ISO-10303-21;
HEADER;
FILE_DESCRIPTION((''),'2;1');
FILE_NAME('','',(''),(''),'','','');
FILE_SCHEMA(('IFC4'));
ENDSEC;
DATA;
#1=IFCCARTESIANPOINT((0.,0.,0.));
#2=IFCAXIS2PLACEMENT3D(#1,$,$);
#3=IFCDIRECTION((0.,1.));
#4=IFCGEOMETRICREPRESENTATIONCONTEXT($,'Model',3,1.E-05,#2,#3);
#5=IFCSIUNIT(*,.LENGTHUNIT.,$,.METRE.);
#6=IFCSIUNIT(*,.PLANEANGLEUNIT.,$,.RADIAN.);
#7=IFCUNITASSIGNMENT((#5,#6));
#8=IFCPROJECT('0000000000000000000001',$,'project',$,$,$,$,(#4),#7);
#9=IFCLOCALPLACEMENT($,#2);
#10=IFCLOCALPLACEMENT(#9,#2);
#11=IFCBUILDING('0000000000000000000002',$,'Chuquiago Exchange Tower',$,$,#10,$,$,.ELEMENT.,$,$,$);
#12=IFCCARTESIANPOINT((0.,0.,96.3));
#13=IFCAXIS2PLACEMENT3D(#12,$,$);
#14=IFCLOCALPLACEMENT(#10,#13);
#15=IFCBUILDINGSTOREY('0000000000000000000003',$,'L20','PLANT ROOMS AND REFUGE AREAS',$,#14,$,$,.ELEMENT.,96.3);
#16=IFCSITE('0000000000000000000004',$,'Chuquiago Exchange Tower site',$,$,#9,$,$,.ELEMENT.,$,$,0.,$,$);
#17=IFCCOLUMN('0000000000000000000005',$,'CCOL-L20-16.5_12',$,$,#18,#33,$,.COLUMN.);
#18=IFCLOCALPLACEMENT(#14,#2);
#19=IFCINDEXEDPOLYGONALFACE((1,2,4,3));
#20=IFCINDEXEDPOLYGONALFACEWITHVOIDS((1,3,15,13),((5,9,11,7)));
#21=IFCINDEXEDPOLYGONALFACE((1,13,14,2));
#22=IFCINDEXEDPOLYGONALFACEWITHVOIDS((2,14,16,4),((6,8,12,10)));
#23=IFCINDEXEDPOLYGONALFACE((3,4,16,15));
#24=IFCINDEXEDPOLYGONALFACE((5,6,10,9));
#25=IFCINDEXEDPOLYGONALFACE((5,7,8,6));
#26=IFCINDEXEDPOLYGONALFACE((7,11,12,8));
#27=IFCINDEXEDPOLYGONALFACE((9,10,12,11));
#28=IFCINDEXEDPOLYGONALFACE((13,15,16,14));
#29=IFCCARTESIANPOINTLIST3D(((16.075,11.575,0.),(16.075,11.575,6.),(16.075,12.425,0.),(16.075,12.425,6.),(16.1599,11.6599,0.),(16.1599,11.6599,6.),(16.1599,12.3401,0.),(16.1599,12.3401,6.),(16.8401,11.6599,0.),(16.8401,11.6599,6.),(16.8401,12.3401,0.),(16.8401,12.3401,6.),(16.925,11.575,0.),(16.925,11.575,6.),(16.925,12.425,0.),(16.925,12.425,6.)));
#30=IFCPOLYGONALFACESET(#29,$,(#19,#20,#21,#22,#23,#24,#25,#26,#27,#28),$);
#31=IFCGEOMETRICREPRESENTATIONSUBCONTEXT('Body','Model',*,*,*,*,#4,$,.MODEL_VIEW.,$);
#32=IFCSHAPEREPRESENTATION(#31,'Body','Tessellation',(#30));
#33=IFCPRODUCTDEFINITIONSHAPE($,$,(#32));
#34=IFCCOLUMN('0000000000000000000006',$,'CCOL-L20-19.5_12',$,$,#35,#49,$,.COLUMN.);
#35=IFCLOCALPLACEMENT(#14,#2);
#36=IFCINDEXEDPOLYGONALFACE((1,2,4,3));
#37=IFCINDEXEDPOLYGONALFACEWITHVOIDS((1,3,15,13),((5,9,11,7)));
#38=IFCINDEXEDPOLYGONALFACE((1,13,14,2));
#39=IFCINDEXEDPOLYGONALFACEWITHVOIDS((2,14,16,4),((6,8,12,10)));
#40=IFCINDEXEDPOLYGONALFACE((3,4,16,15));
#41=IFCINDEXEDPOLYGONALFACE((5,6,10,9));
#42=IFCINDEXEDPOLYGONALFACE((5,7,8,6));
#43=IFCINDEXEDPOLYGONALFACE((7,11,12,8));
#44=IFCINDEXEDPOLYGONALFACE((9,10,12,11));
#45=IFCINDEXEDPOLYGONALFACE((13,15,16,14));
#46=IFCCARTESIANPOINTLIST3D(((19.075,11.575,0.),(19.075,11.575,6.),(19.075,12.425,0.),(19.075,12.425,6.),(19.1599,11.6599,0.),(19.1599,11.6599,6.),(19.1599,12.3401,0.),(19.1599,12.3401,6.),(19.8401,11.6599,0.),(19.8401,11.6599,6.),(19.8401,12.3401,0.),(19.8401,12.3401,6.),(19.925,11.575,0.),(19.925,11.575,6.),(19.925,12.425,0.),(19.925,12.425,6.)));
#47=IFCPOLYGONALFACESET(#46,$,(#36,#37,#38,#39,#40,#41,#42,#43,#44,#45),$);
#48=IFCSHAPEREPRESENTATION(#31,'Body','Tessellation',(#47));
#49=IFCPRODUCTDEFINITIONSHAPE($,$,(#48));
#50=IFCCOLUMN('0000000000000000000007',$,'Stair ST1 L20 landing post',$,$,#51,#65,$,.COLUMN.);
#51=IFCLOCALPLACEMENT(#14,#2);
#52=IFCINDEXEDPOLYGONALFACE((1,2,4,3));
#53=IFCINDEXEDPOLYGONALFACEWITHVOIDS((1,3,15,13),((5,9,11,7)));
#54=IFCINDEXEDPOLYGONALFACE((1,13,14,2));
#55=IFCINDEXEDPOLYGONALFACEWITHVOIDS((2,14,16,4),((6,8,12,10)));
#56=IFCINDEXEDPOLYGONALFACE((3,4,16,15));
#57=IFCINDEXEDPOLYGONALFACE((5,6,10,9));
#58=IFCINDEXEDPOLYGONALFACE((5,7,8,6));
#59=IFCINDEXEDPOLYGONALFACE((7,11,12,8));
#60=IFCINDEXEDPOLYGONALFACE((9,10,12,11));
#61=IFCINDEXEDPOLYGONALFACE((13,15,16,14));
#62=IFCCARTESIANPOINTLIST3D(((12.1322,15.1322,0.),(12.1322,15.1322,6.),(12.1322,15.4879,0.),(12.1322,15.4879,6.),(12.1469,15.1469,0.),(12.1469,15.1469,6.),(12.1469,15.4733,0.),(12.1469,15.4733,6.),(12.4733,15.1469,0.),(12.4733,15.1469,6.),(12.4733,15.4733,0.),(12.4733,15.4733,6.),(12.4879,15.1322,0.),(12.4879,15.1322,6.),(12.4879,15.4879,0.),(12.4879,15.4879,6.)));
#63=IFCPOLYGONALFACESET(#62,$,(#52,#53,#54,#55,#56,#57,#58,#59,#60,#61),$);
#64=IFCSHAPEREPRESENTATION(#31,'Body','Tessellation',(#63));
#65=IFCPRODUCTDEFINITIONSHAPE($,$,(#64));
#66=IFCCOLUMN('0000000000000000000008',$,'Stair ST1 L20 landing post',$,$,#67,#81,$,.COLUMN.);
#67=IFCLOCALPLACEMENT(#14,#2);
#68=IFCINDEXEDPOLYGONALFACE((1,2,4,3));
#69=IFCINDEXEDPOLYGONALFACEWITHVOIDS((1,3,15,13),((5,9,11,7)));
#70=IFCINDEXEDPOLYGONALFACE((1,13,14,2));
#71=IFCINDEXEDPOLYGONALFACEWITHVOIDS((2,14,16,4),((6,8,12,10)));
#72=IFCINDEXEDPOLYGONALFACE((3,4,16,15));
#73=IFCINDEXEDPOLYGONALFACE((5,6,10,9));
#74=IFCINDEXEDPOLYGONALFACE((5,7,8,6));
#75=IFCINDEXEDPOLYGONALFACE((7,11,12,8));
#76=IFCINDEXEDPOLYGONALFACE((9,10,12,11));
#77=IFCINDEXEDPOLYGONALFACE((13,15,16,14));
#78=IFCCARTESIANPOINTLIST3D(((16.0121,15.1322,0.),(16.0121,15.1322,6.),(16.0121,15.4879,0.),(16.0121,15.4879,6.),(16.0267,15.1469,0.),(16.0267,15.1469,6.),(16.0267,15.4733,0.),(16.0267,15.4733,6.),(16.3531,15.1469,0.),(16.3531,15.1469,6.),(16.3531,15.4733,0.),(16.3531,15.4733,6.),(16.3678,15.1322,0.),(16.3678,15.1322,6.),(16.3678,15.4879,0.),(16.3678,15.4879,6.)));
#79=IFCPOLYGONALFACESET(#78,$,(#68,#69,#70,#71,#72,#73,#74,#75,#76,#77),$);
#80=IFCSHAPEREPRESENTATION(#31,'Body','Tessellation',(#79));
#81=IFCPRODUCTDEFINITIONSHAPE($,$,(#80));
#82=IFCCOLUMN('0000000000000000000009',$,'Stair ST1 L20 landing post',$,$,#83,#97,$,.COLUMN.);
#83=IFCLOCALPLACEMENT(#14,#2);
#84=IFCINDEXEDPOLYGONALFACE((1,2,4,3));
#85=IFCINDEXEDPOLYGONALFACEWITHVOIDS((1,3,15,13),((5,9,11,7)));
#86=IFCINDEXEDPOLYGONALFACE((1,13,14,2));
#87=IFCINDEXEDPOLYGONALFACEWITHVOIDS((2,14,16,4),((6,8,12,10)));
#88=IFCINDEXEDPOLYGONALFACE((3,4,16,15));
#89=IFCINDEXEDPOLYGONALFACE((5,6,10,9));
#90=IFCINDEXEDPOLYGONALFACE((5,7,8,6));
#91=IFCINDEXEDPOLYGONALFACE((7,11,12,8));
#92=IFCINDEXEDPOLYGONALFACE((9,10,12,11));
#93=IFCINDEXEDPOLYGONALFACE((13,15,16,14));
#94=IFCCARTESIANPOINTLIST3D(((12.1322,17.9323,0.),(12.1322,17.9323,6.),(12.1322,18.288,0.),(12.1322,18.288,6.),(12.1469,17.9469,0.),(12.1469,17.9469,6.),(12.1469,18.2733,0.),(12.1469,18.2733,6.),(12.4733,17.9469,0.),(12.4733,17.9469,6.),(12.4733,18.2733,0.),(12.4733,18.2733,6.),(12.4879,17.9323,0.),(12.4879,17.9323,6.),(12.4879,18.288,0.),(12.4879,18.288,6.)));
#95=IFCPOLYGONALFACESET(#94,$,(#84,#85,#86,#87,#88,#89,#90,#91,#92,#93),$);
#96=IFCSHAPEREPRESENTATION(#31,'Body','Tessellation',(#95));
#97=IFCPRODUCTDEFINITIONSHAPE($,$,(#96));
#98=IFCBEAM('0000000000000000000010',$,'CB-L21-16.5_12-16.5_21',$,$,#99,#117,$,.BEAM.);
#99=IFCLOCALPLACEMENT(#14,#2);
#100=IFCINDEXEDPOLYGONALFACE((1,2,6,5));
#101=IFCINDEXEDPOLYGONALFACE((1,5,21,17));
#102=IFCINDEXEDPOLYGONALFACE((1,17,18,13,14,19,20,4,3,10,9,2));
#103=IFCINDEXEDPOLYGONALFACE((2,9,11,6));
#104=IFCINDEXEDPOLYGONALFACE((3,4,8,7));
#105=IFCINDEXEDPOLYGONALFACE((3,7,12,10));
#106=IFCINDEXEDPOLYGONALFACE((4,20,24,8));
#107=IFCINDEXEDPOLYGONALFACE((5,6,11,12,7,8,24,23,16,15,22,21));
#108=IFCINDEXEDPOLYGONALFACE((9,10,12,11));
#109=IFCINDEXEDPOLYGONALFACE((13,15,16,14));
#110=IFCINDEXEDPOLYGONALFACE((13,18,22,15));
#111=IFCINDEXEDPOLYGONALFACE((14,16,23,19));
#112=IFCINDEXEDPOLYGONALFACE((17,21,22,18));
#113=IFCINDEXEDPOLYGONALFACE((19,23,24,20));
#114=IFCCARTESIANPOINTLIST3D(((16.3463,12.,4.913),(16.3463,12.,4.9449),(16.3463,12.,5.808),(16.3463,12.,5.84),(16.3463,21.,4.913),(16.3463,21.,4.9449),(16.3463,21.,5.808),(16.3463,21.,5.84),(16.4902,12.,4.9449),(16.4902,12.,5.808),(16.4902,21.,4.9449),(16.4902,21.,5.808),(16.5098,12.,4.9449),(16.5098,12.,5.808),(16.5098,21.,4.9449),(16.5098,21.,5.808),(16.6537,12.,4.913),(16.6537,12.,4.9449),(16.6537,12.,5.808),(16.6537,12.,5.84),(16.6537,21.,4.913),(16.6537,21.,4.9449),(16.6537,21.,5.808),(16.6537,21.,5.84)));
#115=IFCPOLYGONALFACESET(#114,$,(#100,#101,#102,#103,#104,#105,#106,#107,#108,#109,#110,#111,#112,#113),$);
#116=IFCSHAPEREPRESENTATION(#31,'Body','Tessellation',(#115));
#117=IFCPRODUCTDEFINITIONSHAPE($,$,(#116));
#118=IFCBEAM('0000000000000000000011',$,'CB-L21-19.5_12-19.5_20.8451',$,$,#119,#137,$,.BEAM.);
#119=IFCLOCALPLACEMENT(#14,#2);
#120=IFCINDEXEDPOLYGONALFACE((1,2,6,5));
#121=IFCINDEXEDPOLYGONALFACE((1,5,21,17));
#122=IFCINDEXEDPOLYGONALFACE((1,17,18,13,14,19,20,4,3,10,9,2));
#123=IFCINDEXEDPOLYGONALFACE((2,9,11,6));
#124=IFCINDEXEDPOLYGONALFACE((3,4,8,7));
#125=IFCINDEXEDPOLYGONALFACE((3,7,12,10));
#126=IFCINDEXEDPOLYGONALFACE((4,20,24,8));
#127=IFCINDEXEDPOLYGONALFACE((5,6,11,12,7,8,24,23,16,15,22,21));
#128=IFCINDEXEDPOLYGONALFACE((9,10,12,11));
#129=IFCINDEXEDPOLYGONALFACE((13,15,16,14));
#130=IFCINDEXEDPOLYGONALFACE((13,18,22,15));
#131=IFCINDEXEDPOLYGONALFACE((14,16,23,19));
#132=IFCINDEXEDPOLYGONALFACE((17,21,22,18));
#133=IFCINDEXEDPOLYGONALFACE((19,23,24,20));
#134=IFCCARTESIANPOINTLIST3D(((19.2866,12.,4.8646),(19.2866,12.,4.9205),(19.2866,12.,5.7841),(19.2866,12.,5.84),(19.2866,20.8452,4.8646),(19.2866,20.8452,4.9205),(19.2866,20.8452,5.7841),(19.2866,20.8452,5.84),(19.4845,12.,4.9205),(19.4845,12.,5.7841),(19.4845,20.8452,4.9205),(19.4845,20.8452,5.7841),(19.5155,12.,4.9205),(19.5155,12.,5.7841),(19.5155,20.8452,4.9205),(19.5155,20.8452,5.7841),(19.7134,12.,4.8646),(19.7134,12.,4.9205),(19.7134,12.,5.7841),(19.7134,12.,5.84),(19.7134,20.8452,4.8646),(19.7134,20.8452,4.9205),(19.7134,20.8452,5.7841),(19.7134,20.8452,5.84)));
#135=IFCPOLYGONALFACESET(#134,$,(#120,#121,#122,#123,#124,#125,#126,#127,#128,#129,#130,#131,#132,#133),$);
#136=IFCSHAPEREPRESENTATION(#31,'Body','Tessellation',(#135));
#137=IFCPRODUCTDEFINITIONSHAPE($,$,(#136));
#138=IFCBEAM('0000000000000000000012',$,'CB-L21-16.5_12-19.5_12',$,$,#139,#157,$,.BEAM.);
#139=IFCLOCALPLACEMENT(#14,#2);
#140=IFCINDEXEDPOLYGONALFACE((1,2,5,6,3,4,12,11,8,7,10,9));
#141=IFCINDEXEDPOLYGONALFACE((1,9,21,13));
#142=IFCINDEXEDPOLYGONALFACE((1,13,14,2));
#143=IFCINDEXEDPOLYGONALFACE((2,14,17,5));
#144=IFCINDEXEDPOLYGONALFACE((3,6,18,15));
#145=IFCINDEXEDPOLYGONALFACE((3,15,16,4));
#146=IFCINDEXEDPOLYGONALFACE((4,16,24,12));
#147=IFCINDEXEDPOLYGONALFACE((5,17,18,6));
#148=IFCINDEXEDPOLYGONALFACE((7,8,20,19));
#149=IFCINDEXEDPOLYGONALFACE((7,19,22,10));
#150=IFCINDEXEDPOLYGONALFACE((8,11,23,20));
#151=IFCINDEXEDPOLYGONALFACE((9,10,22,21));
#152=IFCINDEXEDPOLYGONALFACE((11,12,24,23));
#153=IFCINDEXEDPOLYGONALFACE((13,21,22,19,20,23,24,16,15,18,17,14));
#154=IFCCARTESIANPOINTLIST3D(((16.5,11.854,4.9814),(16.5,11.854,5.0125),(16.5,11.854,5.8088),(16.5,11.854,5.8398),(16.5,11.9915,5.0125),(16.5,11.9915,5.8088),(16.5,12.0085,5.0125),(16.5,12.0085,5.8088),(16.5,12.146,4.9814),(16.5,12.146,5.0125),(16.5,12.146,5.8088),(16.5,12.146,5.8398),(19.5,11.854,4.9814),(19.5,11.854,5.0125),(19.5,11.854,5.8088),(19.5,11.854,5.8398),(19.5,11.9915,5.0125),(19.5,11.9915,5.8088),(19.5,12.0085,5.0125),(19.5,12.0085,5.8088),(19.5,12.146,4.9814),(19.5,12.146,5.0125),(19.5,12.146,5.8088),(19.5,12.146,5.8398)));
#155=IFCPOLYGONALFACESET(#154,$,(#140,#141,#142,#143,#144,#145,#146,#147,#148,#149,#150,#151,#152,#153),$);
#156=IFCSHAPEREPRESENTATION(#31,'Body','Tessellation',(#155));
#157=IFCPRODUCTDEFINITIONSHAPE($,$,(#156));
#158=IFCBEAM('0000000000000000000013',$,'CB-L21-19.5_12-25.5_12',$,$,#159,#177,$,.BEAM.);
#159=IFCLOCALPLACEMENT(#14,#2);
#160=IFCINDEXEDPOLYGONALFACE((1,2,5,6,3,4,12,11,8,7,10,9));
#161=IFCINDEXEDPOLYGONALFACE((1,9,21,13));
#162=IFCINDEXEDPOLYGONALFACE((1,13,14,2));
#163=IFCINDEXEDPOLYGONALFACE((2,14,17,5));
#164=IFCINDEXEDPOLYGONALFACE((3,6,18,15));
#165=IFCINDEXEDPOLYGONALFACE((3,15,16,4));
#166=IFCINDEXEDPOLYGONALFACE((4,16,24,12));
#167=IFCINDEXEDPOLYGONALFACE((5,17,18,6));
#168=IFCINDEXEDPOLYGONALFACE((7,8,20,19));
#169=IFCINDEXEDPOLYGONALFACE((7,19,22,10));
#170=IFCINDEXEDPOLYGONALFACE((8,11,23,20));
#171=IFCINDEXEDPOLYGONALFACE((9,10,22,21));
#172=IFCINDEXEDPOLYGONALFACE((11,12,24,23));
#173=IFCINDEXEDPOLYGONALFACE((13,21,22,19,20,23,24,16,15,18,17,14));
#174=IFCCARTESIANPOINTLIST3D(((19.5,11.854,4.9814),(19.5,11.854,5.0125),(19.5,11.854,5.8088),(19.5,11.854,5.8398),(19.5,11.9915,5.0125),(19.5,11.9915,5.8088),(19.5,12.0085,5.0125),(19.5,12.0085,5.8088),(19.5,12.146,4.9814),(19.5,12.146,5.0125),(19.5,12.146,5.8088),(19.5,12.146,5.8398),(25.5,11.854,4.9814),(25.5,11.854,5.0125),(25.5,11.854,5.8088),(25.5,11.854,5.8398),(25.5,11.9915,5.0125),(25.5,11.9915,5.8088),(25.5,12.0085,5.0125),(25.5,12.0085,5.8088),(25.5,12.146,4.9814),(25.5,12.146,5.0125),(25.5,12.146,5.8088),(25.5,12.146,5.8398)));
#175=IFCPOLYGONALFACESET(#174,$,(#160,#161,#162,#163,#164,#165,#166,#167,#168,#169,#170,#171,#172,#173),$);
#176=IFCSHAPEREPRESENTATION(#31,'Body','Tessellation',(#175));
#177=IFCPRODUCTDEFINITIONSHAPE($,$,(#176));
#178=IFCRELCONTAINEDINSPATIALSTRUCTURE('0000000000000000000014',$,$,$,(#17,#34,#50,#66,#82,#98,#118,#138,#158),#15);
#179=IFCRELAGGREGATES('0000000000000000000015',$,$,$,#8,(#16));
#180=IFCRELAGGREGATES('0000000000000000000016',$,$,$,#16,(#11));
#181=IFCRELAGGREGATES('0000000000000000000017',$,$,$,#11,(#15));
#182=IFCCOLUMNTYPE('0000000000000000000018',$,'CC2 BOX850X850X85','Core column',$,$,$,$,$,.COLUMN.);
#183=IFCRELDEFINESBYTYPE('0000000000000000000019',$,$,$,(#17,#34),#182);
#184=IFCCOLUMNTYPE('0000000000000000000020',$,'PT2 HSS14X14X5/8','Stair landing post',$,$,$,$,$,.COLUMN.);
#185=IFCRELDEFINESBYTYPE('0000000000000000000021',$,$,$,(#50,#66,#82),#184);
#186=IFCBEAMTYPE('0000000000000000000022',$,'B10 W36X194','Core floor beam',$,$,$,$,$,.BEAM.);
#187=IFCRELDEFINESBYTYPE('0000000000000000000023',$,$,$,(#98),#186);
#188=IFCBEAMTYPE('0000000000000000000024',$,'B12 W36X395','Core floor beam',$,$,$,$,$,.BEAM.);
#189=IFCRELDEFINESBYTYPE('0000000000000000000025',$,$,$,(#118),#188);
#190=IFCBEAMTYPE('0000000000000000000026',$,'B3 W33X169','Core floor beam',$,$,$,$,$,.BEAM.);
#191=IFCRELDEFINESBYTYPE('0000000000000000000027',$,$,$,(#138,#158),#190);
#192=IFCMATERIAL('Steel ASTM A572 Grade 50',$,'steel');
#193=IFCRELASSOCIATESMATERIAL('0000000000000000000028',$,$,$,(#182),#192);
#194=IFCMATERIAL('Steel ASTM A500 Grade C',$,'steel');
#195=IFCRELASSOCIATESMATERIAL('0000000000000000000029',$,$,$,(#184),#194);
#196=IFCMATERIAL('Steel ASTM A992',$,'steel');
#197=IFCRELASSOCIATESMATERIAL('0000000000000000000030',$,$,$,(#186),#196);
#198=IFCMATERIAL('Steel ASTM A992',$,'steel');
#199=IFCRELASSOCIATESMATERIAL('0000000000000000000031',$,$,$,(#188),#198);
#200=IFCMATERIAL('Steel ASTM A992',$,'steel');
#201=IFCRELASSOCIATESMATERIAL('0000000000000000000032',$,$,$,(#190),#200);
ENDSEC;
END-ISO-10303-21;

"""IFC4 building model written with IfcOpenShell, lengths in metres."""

from ifc_helpers import new_model, si_unit, direction, frame, origin, origin_2d, place, context, subcontext, project, spatial, hollow_rectangle, i_section, extrude, material, material_profile, profile_set, type_object, element, save


model = new_model("IFC4")

# Units and contexts
model_context = context("Model", 3, precision=1e-05, world=origin(), true_north=direction((0.0, 1.0)))
body_context = subcontext(model_context, "Body", "Model", "MODEL_VIEW")
ifc_project = project(units=[si_unit("LENGTHUNIT", "METRE"), si_unit("PLANEANGLEUNIT", "RADIAN")], contexts=[model_context])

# Site, building, storey
site_placement = place(None, origin())
site = spatial("IfcSite", under=ifc_project, at=site_placement, Name="Chuquiago Exchange Tower site", CompositionType="ELEMENT", RefElevation=0.0)
building_placement = place(site_placement, origin())
building = spatial("IfcBuilding", under=site, at=building_placement, Name="Chuquiago Exchange Tower", CompositionType="ELEMENT")
storey_placement = place(building_placement, frame((0.0, 0.0, 96.3)))
storey = spatial("IfcBuildingStorey", under=building, at=storey_placement, Name="L20", Description="PLANT ROOMS AND REFUGE AREAS", CompositionType="ELEMENT", Elevation=96.3)

# Columns
ifc_material_1 = material(Name="Steel ASTM A572 Grade 50", Category="steel")
ifc_material_profile_1 = material_profile(ifc_material_1, hollow_rectangle(XDim=0.8501, YDim=0.8501, WallThickness=0.085, at=origin_2d()), Name="BOX850X850X85")
ifc_profile_set_1 = profile_set([ifc_material_profile_1], Name="Steel ASTM A572 Grade 50")
column_type_1 = type_object("IfcColumnType", Name="CC2 BOX850X850X85", Description="Core column", PredefinedType="COLUMN", material=ifc_profile_set_1)
for number, where, z_axis, x_axis, name in (
    (1, (16.5, 12.0, 0.0), (0.0, 0.0, 1.0), (1.0, 0.0, 0.0), "CCOL-L20-16.5_12"),
    (2, (19.5, 12.0, 0.0), (0.0, 0.0, 1.0), (1.0, 0.0, 0.0), "CCOL-L20-19.5_12"),
):
    element("IfcColumn", number, at=place(storey_placement, frame(where, z_axis=z_axis, x_axis=x_axis)), inside=storey, type_object=column_type_1, Name=name, PredefinedType="COLUMN", context=body_context, shape_type="SweptSolid", body=[
        extrude(hollow_rectangle(XDim=0.8501, YDim=0.8501, WallThickness=0.085, at=origin_2d()), origin(), (0.0, 0.0, 1.0), 6.0),
    ])
ifc_material_2 = material(Name="Steel ASTM A500 Grade C", Category="steel")
ifc_material_profile_2 = material_profile(ifc_material_2, hollow_rectangle(XDim=0.3557, YDim=0.3557, WallThickness=0.0146, at=origin_2d()), Name="HSS14X14X5/8")
ifc_profile_set_2 = profile_set([ifc_material_profile_2], Name="Steel ASTM A500 Grade C")
column_type_2 = type_object("IfcColumnType", Name="PT2 HSS14X14X5/8", Description="Stair landing post", PredefinedType="COLUMN", material=ifc_profile_set_2)
for number, where, z_axis, x_axis, name in (
    (3, (12.3101, 15.3101, 0.0), (0.0, 0.0, 1.0), (1.0, 0.0, 0.0), "Stair ST1 L20 landing post"),
    (4, (16.1899, 15.3101, 0.0), (0.0, 0.0, 1.0), (1.0, 0.0, 0.0), "Stair ST1 L20 landing post"),
    (5, (12.3101, 18.1101, 0.0), (0.0, 0.0, 1.0), (1.0, 0.0, 0.0), "Stair ST1 L20 landing post"),
):
    element("IfcColumn", number, at=place(storey_placement, frame(where, z_axis=z_axis, x_axis=x_axis)), inside=storey, type_object=column_type_2, Name=name, PredefinedType="COLUMN", context=body_context, shape_type="SweptSolid", body=[
        extrude(hollow_rectangle(XDim=0.3557, YDim=0.3557, WallThickness=0.0146, at=origin_2d()), origin(), (0.0, 0.0, 1.0), 6.0),
    ])

# Beams
ifc_material_3 = material(Name="Steel ASTM A992", Category="steel")
ifc_material_profile_3 = material_profile(ifc_material_3, i_section(OverallWidth=0.3074, OverallDepth=0.927, WebThickness=0.0195, FlangeThickness=0.032, at=origin_2d()), Name="W36X194")
ifc_profile_set_3 = profile_set([ifc_material_profile_3], Name="Steel ASTM A992")
beam_type_1 = type_object("IfcBeamType", Name="B10 W36X194", Description="Core floor beam", PredefinedType="BEAM", material=ifc_profile_set_3)
beam_1_placement = place(storey_placement, frame((16.5, 12.0, 5.3765), z_axis=(0.0, 1.0, 0.0), x_axis=(-1.0, 0.0, 0.0)))
element("IfcBeam", 6, at=beam_1_placement, inside=storey, type_object=beam_type_1, Name="CB-L21-16.5_12-16.5_21", PredefinedType="BEAM", context=body_context, shape_type="SweptSolid", body=[
    extrude(i_section(OverallWidth=0.3074, OverallDepth=0.927, WebThickness=0.0195, FlangeThickness=0.032, at=origin_2d()), origin(), (0.0, 0.0, 1.0), 9.0),
])
ifc_material_4 = material(Name="Steel ASTM A992", Category="steel")
ifc_material_profile_4 = material_profile(ifc_material_4, i_section(OverallWidth=0.4268, OverallDepth=0.9753, WebThickness=0.031, FlangeThickness=0.0559, at=origin_2d()), Name="W36X395")
ifc_profile_set_4 = profile_set([ifc_material_profile_4], Name="Steel ASTM A992")
beam_type_2 = type_object("IfcBeamType", Name="B12 W36X395", Description="Core floor beam", PredefinedType="BEAM", material=ifc_profile_set_4)
beam_2_placement = place(storey_placement, frame((19.5, 12.0, 5.3523), z_axis=(0.0, 1.0, 0.0), x_axis=(-1.0, 0.0, 0.0)))
element("IfcBeam", 7, at=beam_2_placement, inside=storey, type_object=beam_type_2, Name="CB-L21-19.5_12-19.5_20.8451", PredefinedType="BEAM", context=body_context, shape_type="SweptSolid", body=[
    extrude(i_section(OverallWidth=0.4268, OverallDepth=0.9753, WebThickness=0.031, FlangeThickness=0.0559, at=origin_2d()), origin(), (0.0, 0.0, 1.0), 8.8452),
])
ifc_material_5 = material(Name="Steel ASTM A992", Category="steel")
ifc_material_profile_5 = material_profile(ifc_material_5, i_section(OverallWidth=0.292, OverallDepth=0.8584, WebThickness=0.0171, FlangeThickness=0.031, at=origin_2d()), Name="W33X169")
ifc_profile_set_5 = profile_set([ifc_material_profile_5], Name="Steel ASTM A992")
beam_type_3 = type_object("IfcBeamType", Name="B3 W33X169", Description="Core floor beam", PredefinedType="BEAM", material=ifc_profile_set_5)
beam_3_placement = place(storey_placement, frame((16.5, 12.0, 5.4106), z_axis=(1.0, 0.0, 0.0), x_axis=(0.0, 1.0, 0.0)))
element("IfcBeam", 8, at=beam_3_placement, inside=storey, type_object=beam_type_3, Name="CB-L21-16.5_12-19.5_12", PredefinedType="BEAM", context=body_context, shape_type="SweptSolid", body=[
    extrude(i_section(OverallWidth=0.292, OverallDepth=0.8584, WebThickness=0.0171, FlangeThickness=0.031, at=origin_2d()), origin(), (0.0, 0.0, 1.0), 3.0),
])
beam_4_placement = place(storey_placement, frame((19.5, 12.0, 5.4106), z_axis=(1.0, 0.0, 0.0), x_axis=(0.0, 1.0, 0.0)))
element("IfcBeam", 9, at=beam_4_placement, inside=storey, type_object=beam_type_3, Name="CB-L21-19.5_12-25.5_12", PredefinedType="BEAM", context=body_context, shape_type="SweptSolid", body=[
    extrude(i_section(OverallWidth=0.292, OverallDepth=0.8584, WebThickness=0.0171, FlangeThickness=0.031, at=origin_2d()), origin(), (0.0, 0.0, 1.0), 6.0),
])

save(model, "model.ifc")
